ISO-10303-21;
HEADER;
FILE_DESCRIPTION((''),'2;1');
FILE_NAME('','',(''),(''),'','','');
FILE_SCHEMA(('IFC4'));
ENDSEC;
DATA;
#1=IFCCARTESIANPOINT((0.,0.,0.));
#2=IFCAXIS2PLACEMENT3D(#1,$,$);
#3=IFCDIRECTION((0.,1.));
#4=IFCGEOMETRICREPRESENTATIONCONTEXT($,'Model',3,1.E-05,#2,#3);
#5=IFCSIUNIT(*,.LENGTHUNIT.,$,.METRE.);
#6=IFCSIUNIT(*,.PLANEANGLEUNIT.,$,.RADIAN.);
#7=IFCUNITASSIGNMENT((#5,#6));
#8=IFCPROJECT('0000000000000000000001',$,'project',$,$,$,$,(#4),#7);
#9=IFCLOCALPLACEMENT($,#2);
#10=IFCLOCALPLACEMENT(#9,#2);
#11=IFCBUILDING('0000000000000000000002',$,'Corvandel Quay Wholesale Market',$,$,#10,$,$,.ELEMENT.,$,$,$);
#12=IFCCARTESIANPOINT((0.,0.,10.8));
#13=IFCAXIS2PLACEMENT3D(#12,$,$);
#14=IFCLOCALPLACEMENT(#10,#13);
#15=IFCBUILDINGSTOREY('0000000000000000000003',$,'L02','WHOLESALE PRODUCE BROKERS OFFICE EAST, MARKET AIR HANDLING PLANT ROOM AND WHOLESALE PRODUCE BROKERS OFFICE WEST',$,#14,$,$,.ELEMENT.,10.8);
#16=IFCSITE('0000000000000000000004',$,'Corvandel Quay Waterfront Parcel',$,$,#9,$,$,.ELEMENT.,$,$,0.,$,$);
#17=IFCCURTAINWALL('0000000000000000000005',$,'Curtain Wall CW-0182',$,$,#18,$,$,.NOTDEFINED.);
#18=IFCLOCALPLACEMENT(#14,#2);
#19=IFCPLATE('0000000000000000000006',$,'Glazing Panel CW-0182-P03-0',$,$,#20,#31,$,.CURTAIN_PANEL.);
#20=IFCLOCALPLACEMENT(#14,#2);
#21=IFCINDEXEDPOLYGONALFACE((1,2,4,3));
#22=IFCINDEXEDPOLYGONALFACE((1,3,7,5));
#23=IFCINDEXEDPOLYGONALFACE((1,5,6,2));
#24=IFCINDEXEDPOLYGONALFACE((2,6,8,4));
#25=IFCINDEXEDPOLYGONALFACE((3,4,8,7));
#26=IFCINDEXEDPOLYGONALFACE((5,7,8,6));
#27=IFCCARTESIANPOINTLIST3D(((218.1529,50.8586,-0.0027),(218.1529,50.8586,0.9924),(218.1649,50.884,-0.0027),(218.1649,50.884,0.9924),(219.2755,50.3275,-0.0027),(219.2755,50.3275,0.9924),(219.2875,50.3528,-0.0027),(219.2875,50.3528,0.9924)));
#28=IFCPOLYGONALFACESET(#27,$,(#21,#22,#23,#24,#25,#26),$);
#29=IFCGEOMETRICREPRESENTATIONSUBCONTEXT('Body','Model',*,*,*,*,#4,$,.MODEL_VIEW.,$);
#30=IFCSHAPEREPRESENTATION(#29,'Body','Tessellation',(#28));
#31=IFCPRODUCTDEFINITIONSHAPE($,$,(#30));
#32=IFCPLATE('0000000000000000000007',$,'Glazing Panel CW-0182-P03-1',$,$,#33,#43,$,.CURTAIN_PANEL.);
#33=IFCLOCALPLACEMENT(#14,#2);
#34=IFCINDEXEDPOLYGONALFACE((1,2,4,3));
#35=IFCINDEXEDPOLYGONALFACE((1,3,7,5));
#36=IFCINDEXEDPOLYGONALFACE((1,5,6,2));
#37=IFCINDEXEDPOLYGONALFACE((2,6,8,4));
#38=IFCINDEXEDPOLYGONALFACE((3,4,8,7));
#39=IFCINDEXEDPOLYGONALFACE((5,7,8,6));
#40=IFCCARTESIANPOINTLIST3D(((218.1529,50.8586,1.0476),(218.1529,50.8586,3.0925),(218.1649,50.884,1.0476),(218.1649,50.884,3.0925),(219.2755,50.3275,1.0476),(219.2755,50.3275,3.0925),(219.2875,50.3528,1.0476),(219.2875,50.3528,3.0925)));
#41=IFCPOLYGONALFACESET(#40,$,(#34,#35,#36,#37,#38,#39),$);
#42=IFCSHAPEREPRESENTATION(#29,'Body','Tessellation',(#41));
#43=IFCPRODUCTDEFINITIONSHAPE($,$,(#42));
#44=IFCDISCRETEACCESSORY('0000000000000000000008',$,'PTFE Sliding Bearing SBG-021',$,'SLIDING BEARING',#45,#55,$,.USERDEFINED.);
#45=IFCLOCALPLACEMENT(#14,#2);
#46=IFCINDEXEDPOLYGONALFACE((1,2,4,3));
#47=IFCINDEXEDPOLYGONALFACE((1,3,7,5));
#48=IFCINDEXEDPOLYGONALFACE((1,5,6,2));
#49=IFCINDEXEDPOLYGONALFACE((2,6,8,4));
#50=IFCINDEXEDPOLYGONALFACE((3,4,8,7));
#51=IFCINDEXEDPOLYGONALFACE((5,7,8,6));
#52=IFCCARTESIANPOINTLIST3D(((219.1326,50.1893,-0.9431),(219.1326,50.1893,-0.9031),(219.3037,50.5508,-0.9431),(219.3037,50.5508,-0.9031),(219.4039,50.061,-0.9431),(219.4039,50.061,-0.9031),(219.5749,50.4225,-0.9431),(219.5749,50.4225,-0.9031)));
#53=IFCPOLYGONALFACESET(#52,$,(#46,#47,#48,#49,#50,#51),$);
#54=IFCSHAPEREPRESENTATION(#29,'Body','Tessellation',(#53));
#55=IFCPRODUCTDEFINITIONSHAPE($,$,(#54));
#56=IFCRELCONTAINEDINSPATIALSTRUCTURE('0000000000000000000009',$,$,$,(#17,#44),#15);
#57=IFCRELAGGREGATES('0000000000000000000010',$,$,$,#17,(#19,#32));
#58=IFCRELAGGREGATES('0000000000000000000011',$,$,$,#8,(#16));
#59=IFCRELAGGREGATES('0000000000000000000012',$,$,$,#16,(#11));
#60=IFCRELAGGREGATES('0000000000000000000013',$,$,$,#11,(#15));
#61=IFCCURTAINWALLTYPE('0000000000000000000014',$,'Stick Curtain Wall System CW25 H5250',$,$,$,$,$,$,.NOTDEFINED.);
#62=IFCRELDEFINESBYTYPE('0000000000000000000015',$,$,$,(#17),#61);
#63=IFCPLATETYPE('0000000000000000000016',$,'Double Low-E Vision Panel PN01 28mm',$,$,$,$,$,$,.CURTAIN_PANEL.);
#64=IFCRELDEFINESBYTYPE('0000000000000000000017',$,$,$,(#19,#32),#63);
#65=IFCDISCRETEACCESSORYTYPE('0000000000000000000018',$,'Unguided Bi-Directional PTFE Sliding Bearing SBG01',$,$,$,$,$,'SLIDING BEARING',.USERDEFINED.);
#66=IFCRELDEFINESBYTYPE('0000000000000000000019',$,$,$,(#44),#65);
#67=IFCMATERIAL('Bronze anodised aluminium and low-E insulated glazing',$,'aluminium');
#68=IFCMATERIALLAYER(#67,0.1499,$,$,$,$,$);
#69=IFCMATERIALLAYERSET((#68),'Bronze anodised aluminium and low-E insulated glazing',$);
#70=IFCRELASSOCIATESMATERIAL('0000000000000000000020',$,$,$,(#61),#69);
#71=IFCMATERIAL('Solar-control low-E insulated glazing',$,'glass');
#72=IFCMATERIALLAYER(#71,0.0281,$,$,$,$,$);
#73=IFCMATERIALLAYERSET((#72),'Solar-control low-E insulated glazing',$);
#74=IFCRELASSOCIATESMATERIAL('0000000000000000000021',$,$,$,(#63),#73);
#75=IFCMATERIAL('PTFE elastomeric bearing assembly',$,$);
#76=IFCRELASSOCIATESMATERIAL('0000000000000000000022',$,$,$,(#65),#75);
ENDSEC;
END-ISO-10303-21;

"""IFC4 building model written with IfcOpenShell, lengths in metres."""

from ifc_helpers import new_model, si_unit, direction, frame, origin, origin_2d, place, context, subcontext, project, spatial, rectangle, extrude, material, layer, layer_set, type_object, element, aggregate, save


model = new_model("IFC4")

# Units and contexts
model_context = context("Model", 3, precision=1e-05, world=origin(), true_north=direction((0.0, 1.0)))
body_context = subcontext(model_context, "Body", "Model", "MODEL_VIEW")
ifc_project = project(units=[si_unit("LENGTHUNIT", "METRE"), si_unit("PLANEANGLEUNIT", "RADIAN")], contexts=[model_context])

# Site, building, storey
site_placement = place(None, origin())
site = spatial("IfcSite", under=ifc_project, at=site_placement, Name="Corvandel Quay Waterfront Parcel", CompositionType="ELEMENT", RefElevation=0.0)
building_placement = place(site_placement, origin())
building = spatial("IfcBuilding", under=site, at=building_placement, Name="Corvandel Quay Wholesale Market", CompositionType="ELEMENT")
storey_placement = place(building_placement, frame((0.0, 0.0, 10.8)))
storey = spatial("IfcBuildingStorey", under=building, at=storey_placement, Name="L02", Description="WHOLESALE PRODUCE BROKERS OFFICE EAST, MARKET AIR HANDLING PLANT ROOM AND WHOLESALE PRODUCE BROKERS OFFICE WEST", CompositionType="ELEMENT", Elevation=10.8)

# Curtain wall, plates
ifc_material_1 = material(Name="Bronze anodised aluminium and low-E insulated glazing", Category="aluminium")
ifc_layer_1 = layer(ifc_material_1, 0.1499)
ifc_layer_set_1 = layer_set([ifc_layer_1], Name="Bronze anodised aluminium and low-E insulated glazing")
curtain_wall_type = type_object("IfcCurtainWallType", Name="Stick Curtain Wall System CW25 H5250", PredefinedType="NOTDEFINED", material=ifc_layer_set_1)
curtain_wall_placement = place(storey_placement, origin())
curtain_wall = element("IfcCurtainWall", 1, at=curtain_wall_placement, inside=storey, type_object=curtain_wall_type, Name="Curtain Wall CW-0182", PredefinedType="NOTDEFINED")
ifc_material_2 = material(Name="Solar-control low-E insulated glazing", Category="glass")
ifc_layer_2 = layer(ifc_material_2, 0.0281)
ifc_layer_set_2 = layer_set([ifc_layer_2], Name="Solar-control low-E insulated glazing")
plate_type_1 = type_object("IfcPlateType", Name="Double Low-E Vision Panel PN01 28mm", PredefinedType="CURTAIN_PANEL", material=ifc_layer_set_2)
plate_1_placement = place(storey_placement, frame((218.7202, 50.6057, -0.0027), z_axis=(0.0, 0.0, 1.0), x_axis=(-0.903933, 0.427673, 0.0)))
plate_1 = element("IfcPlate", 2, at=plate_1_placement, type_object=plate_type_1, Name="Glazing Panel CW-0182-P03-0", PredefinedType="CURTAIN_PANEL", context=body_context, shape_type="SweptSolid", body=[
    extrude(rectangle(XDim=1.2419, YDim=0.0281, at=origin_2d()), origin(), (0.0, 0.0, 1.0), 0.9951),
])
plate_2_placement = place(storey_placement, frame((218.7202, 50.6057, 1.0476), z_axis=(0.0, 0.0, 1.0), x_axis=(-0.903933, 0.427673, 0.0)))
plate_2 = element("IfcPlate", 3, at=plate_2_placement, type_object=plate_type_1, Name="Glazing Panel CW-0182-P03-1", PredefinedType="CURTAIN_PANEL", context=body_context, shape_type="SweptSolid", body=[
    extrude(rectangle(XDim=1.2419, YDim=0.0281, at=origin_2d()), origin(), (0.0, 0.0, 1.0), 2.0449),
])
aggregate(curtain_wall, [plate_1, plate_2])

# Discrete accessory
ifc_material_3 = material(Name="PTFE elastomeric bearing assembly")
discrete_accessory_type = type_object("IfcDiscreteAccessoryType", Name="Unguided Bi-Directional PTFE Sliding Bearing SBG01", ElementType="SLIDING BEARING", PredefinedType="USERDEFINED", material=ifc_material_3)
discrete_accessory_placement = place(storey_placement, frame((219.3538, 50.3059, -0.9431), z_axis=(0.0, 0.0, 1.0), x_axis=(-0.903933, 0.427673, 0.0)))
element("IfcDiscreteAccessory", 4, at=discrete_accessory_placement, inside=storey, type_object=discrete_accessory_type, Name="PTFE Sliding Bearing SBG-021", ObjectType="SLIDING BEARING", PredefinedType="USERDEFINED", context=body_context, shape_type="SweptSolid", body=[
    extrude(rectangle(XDim=0.3, YDim=0.3999, at=origin_2d()), origin(), (0.0, 0.0, 1.0), 0.04),
])

save(model, "model.ifc")
